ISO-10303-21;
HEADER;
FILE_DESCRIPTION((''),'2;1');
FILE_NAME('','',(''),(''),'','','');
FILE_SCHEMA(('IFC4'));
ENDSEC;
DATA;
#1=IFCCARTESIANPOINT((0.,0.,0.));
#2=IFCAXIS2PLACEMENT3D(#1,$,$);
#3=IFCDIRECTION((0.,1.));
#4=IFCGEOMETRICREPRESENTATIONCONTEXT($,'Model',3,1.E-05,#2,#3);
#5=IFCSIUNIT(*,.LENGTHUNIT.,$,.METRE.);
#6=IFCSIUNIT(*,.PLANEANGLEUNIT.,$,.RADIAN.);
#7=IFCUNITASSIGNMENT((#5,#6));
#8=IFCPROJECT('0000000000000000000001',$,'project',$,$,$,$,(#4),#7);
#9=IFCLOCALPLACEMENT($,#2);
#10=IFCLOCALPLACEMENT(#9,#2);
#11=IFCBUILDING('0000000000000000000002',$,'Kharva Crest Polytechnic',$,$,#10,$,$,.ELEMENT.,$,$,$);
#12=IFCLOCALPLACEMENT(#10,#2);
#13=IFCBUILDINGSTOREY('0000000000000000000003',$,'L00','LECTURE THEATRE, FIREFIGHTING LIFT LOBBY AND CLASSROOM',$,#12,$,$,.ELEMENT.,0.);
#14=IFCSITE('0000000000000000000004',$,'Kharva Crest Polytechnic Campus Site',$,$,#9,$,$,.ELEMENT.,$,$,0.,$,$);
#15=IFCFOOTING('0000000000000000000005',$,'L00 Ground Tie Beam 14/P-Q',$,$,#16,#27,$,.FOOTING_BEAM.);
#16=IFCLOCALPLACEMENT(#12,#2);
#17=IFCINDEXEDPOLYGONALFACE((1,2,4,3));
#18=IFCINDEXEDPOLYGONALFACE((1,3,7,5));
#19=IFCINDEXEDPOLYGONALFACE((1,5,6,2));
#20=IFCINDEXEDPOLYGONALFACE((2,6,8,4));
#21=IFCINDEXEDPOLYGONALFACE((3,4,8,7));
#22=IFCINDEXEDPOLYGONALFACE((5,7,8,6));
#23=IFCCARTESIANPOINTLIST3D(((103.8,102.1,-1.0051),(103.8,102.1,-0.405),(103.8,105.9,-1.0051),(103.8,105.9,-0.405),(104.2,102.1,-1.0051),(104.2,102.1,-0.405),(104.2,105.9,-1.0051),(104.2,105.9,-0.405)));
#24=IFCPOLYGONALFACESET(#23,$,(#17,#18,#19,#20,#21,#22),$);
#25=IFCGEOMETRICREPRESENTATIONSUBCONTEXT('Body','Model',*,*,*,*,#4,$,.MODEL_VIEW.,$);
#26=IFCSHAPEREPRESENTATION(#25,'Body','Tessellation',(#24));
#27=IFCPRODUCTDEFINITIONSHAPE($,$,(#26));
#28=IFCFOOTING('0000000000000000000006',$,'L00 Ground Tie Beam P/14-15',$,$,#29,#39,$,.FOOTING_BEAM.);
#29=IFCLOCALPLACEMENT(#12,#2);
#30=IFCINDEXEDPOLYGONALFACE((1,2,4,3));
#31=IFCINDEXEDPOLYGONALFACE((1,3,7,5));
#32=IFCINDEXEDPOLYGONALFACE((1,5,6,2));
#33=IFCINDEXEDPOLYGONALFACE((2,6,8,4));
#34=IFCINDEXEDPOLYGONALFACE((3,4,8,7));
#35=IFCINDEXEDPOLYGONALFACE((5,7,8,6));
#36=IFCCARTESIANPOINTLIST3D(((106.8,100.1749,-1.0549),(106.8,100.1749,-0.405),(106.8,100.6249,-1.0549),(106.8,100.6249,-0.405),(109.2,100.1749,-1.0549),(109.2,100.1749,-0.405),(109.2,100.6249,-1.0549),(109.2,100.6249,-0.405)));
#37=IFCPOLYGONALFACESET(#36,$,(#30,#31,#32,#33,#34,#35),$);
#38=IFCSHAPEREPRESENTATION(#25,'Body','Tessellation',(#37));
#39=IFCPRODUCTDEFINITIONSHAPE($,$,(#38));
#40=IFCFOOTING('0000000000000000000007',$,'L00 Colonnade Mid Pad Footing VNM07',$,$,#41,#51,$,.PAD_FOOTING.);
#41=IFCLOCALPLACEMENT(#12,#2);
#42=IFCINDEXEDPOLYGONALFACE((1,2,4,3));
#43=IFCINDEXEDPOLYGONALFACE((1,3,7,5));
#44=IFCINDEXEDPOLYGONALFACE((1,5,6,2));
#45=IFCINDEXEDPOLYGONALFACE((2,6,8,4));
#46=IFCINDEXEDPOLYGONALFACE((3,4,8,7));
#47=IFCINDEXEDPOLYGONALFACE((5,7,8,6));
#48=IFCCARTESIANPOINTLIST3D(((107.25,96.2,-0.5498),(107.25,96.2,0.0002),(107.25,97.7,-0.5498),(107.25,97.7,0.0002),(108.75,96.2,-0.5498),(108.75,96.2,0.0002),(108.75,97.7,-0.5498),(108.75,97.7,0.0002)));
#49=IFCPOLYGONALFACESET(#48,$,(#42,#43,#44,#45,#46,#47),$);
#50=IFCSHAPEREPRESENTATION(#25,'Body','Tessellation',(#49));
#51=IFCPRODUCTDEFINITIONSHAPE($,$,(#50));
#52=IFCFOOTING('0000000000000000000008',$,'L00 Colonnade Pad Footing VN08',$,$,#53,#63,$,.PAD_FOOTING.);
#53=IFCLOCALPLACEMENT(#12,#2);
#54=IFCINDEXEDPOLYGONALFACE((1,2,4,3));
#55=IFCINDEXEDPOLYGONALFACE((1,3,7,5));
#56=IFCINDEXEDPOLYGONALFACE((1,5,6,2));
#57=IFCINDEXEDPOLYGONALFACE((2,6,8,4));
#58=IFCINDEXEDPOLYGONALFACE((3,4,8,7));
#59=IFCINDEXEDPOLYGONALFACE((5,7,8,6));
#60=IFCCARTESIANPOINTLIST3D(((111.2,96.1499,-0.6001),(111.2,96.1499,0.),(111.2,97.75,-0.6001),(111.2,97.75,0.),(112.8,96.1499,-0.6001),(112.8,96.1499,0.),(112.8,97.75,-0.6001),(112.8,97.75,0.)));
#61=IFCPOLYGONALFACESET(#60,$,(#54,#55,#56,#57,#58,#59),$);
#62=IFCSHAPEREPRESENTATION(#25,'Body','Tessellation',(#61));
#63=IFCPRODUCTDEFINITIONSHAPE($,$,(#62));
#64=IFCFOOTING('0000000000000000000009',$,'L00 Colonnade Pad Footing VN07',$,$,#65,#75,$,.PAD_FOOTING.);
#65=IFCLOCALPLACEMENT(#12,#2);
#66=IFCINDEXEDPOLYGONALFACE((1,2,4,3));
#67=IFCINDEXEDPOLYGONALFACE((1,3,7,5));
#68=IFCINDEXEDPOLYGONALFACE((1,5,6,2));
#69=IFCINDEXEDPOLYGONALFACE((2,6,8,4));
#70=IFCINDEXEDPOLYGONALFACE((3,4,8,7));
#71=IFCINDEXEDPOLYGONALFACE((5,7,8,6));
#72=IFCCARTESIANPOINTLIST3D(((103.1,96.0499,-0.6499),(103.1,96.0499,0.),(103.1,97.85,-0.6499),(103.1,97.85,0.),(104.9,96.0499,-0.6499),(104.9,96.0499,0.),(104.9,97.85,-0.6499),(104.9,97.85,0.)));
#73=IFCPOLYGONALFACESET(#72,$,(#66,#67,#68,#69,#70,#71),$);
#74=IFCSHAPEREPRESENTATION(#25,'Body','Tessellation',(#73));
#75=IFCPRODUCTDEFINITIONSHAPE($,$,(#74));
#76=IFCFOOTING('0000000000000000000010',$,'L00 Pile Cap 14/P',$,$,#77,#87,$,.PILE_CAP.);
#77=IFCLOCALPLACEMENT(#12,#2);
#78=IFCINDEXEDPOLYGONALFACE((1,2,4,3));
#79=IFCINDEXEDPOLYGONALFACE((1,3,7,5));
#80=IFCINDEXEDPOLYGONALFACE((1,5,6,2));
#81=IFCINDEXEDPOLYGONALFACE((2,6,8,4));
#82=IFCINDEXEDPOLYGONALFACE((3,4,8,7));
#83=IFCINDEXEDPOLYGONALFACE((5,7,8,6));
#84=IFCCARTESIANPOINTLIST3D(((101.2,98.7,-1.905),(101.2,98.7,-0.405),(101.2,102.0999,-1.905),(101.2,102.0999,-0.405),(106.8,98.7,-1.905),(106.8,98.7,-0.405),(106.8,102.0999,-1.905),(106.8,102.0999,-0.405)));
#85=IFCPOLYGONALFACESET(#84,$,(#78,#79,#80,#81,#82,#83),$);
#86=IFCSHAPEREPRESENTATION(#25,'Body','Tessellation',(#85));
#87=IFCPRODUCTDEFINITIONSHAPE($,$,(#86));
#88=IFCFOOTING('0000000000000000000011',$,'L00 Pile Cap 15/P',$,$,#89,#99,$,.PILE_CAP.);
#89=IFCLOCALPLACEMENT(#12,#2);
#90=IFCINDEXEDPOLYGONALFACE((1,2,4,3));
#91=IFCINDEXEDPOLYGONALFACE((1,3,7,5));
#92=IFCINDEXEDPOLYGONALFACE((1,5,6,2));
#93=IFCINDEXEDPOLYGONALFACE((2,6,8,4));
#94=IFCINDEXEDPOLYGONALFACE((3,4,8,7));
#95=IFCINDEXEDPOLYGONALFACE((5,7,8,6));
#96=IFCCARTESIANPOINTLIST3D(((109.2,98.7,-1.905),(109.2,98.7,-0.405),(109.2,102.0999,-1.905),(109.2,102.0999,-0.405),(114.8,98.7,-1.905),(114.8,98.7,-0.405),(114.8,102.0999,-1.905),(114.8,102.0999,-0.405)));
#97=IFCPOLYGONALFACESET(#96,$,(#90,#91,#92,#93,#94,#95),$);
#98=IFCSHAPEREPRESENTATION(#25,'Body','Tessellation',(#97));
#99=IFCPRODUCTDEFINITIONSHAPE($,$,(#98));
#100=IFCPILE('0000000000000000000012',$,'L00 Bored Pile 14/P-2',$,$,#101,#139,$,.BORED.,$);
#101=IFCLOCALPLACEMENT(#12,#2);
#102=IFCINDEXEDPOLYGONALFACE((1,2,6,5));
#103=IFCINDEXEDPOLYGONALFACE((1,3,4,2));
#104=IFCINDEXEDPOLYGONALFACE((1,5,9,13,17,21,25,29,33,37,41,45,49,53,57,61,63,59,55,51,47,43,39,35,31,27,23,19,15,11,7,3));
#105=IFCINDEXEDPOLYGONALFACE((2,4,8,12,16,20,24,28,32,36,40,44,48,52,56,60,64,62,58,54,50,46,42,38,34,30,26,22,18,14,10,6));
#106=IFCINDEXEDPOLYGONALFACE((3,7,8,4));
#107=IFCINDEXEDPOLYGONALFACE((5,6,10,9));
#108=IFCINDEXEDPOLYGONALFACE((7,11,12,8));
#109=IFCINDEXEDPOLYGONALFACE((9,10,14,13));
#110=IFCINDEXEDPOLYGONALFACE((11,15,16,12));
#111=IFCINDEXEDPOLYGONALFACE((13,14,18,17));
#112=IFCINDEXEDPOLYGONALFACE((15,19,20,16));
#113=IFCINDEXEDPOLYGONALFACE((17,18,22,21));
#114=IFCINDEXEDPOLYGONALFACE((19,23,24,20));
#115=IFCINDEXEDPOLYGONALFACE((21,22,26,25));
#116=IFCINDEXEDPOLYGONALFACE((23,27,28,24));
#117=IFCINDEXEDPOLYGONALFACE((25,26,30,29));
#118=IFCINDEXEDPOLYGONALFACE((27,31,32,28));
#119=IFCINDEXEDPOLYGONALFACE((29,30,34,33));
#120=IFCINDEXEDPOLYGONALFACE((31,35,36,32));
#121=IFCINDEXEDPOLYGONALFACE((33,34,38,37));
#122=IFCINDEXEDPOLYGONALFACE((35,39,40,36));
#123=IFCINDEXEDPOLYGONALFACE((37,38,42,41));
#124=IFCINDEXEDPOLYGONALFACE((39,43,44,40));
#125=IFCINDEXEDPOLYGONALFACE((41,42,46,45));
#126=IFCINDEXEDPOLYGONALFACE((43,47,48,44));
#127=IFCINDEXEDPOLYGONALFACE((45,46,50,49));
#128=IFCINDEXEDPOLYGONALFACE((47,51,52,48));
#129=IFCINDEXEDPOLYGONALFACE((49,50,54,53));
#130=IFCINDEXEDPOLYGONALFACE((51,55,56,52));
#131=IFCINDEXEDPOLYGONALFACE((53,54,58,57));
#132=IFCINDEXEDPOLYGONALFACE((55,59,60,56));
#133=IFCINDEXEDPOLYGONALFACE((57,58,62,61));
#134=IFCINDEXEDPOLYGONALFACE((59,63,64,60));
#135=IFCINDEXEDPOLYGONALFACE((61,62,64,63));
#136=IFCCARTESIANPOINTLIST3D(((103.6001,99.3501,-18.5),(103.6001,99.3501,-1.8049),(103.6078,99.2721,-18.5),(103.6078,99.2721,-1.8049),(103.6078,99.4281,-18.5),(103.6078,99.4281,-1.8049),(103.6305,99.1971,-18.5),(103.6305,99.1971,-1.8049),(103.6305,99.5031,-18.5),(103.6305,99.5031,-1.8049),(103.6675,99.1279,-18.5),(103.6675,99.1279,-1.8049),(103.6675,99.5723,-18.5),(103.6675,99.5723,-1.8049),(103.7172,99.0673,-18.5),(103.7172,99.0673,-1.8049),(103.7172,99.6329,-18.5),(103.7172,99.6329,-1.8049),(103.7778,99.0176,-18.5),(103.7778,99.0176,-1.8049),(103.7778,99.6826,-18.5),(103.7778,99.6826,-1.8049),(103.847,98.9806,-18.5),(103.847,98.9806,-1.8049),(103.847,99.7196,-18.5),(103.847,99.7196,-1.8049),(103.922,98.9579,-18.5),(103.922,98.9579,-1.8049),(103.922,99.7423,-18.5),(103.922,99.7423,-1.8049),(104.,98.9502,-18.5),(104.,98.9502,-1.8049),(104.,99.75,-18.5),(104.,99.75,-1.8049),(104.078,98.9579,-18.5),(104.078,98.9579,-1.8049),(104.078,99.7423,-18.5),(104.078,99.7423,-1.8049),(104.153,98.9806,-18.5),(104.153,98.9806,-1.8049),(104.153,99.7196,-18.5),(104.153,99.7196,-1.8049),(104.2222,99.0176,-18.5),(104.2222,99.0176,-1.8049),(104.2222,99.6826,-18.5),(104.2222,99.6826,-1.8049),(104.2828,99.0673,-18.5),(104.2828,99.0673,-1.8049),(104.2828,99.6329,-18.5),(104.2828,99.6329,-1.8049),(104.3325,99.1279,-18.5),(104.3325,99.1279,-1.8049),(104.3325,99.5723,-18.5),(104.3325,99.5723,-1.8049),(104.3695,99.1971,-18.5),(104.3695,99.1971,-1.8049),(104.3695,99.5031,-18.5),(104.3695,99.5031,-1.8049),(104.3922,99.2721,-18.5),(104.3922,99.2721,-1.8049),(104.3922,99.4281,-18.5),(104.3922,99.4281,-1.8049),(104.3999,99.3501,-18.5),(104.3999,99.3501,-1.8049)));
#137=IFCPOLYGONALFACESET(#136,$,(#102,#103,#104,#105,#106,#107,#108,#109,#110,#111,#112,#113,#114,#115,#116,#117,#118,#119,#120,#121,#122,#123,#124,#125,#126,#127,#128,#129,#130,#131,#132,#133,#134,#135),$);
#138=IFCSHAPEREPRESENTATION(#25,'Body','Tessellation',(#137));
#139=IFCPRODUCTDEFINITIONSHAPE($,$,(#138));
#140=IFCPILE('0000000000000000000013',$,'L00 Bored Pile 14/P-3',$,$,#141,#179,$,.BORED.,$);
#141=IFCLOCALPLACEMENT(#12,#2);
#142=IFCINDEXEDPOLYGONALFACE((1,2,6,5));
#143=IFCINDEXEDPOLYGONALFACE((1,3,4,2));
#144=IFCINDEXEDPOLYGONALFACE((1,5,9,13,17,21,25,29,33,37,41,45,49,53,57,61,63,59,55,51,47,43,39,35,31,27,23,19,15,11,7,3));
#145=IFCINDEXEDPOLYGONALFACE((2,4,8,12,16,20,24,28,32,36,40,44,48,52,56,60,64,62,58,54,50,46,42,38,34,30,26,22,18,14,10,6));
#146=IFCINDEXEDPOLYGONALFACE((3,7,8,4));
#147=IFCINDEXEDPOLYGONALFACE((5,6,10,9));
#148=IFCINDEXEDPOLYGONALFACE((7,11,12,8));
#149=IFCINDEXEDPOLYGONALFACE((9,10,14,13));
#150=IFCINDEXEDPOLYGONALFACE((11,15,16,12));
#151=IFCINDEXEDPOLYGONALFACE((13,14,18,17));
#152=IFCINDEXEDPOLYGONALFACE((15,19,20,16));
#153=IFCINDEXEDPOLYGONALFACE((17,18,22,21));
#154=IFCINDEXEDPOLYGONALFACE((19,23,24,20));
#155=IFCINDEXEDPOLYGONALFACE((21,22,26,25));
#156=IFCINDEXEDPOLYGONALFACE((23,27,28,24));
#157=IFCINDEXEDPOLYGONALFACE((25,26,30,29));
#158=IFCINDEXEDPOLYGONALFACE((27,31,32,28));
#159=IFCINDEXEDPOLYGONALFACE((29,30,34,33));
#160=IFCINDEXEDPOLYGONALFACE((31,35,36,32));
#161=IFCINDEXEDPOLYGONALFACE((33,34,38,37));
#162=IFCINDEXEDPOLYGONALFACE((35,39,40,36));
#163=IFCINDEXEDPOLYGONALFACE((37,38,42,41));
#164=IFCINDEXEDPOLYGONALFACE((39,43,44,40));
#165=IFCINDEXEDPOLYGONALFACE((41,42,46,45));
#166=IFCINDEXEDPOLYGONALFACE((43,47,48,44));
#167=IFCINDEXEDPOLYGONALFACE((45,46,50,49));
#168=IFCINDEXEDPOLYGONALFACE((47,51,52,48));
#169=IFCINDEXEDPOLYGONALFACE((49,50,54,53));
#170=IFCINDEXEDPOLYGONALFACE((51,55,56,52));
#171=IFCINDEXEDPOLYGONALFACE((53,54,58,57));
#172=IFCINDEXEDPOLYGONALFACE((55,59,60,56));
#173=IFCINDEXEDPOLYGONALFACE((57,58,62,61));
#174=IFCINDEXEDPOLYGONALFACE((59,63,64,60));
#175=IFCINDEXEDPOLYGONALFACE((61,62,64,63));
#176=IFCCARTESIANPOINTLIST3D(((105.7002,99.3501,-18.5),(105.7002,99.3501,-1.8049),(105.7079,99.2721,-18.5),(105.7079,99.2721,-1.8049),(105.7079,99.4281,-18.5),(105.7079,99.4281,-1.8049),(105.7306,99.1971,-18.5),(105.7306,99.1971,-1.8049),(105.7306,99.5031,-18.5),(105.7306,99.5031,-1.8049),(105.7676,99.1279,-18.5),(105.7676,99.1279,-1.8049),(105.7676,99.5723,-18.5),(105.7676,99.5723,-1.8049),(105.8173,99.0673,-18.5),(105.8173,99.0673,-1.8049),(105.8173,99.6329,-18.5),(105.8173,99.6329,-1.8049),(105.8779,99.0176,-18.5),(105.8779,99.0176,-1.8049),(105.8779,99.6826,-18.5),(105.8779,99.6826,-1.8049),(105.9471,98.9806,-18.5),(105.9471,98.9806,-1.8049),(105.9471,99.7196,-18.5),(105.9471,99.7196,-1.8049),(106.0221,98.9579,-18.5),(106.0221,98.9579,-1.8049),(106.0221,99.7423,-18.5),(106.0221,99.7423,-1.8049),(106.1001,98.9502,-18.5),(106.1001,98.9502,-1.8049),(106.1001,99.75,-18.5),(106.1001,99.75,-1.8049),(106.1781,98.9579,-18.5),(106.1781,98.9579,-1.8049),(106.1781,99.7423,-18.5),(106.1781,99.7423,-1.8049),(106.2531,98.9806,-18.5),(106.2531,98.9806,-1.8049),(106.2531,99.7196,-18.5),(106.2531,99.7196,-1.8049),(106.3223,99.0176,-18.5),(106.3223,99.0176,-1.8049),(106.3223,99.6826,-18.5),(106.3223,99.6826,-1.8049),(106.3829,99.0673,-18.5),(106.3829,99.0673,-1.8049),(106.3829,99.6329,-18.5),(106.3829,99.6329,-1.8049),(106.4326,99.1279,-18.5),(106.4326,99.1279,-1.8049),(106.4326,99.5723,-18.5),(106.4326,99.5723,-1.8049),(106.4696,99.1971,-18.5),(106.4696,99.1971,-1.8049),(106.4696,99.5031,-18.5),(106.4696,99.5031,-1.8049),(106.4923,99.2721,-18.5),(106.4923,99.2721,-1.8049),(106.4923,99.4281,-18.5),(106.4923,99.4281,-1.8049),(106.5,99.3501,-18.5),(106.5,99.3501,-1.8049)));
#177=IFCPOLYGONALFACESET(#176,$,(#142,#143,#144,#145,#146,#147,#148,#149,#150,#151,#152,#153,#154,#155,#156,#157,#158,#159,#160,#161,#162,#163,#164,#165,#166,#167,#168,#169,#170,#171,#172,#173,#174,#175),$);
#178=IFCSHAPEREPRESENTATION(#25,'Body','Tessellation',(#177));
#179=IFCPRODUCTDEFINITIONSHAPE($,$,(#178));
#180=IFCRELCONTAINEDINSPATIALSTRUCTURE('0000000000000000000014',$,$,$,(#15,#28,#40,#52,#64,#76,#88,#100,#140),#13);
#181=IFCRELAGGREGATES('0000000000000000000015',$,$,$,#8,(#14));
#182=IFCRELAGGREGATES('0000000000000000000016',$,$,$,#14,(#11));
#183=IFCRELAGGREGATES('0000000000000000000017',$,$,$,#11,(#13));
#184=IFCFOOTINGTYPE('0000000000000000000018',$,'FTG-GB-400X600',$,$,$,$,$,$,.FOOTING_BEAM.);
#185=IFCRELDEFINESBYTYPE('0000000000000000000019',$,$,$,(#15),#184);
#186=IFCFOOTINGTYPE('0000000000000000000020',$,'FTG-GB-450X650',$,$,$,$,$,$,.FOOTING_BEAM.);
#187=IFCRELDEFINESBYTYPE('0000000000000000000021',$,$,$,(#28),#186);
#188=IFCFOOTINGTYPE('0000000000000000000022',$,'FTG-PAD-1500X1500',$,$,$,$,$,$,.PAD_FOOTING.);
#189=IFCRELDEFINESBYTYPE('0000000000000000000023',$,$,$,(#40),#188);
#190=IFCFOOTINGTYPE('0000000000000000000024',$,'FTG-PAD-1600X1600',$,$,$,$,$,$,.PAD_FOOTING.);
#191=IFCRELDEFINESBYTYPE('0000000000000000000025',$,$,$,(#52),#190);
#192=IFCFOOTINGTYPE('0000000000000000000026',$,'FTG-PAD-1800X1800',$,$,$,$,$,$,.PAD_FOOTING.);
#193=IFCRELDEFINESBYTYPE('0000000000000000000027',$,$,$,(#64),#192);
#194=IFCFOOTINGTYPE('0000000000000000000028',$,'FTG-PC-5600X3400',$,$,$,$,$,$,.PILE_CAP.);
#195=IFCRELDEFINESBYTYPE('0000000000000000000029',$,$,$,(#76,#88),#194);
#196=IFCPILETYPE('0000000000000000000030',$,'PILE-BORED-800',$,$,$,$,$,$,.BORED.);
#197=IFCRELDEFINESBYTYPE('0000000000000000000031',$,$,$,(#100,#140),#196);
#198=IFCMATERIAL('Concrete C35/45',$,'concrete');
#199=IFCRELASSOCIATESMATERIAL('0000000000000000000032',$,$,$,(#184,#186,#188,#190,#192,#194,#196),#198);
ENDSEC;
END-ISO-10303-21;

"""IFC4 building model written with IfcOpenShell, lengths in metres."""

from ifc_helpers import new_model, si_unit, direction, frame, origin, origin_2d, place, context, subcontext, project, spatial, rectangle, circle, extrude, material, material_profile, profile_set, type_object, element, save


model = new_model("IFC4")

# Units and contexts
model_context = context("Model", 3, precision=1e-05, world=origin(), true_north=direction((0.0, 1.0)))
body_context = subcontext(model_context, "Body", "Model", "MODEL_VIEW")
ifc_project = project(units=[si_unit("LENGTHUNIT", "METRE"), si_unit("PLANEANGLEUNIT", "RADIAN")], contexts=[model_context])

# Site, building, storey
site_placement = place(None, origin())
site = spatial("IfcSite", under=ifc_project, at=site_placement, Name="Kharva Crest Polytechnic Campus Site", CompositionType="ELEMENT", RefElevation=0.0)
building_placement = place(site_placement, origin())
building = spatial("IfcBuilding", under=site, at=building_placement, Name="Kharva Crest Polytechnic", CompositionType="ELEMENT")
storey_placement = place(building_placement, origin())
storey = spatial("IfcBuildingStorey", under=building, at=storey_placement, Name="L00", Description="LECTURE THEATRE, FIREFIGHTING LIFT LOBBY AND CLASSROOM", CompositionType="ELEMENT", Elevation=0.0)

# Footings
ifc_material_1 = material(Name="Concrete C35/45", Category="concrete")
footing_type_1 = type_object("IfcFootingType", Name="FTG-GB-400X600", PredefinedType="FOOTING_BEAM", material=ifc_material_1)
footing_1_placement = place(storey_placement, frame((104.0, 104.0, -1.0051), z_axis=(0.0, 0.0, 1.0), x_axis=(0.0, 1.0, 0.0)))
element("IfcFooting", 1, at=footing_1_placement, inside=storey, type_object=footing_type_1, Name="L00 Ground Tie Beam 14/P-Q", PredefinedType="FOOTING_BEAM", context=body_context, shape_type="SweptSolid", body=[
    extrude(rectangle(XDim=3.8, YDim=0.3999, at=origin_2d()), origin(), (0.0, 0.0, 1.0), 0.6001),
])
footing_type_2 = type_object("IfcFootingType", Name="FTG-GB-450X650", PredefinedType="FOOTING_BEAM", material=ifc_material_1)
footing_2_placement = place(storey_placement, frame((108.0, 100.3999, -1.0549), z_axis=(0.0, 0.0, 1.0), x_axis=(1.0, 0.0, 0.0)))
element("IfcFooting", 2, at=footing_2_placement, inside=storey, type_object=footing_type_2, Name="L00 Ground Tie Beam P/14-15", PredefinedType="FOOTING_BEAM", context=body_context, shape_type="SweptSolid", body=[
    extrude(rectangle(XDim=2.3999, YDim=0.45, at=origin_2d()), origin(), (0.0, 0.0, 1.0), 0.6499),
])
footing_type_3 = type_object("IfcFootingType", Name="FTG-PAD-1500X1500", PredefinedType="PAD_FOOTING", material=ifc_material_1)
footing_3_placement = place(storey_placement, frame((108.0, 96.95, -0.5498), z_axis=(0.0, 0.0, 1.0), x_axis=(1.0, 0.0, 0.0)))
element("IfcFooting", 3, at=footing_3_placement, inside=storey, type_object=footing_type_3, Name="L00 Colonnade Mid Pad Footing VNM07", PredefinedType="PAD_FOOTING", context=body_context, shape_type="SweptSolid", body=[
    extrude(rectangle(XDim=1.5, YDim=1.5, at=origin_2d()), origin(), (0.0, 0.0, 1.0), 0.55),
])
footing_type_4 = type_object("IfcFootingType", Name="FTG-PAD-1600X1600", PredefinedType="PAD_FOOTING", material=ifc_material_1)
footing_4_placement = place(storey_placement, frame((112.0, 96.95, -0.6001), z_axis=(0.0, 0.0, 1.0), x_axis=(1.0, 0.0, 0.0)))
element("IfcFooting", 4, at=footing_4_placement, inside=storey, type_object=footing_type_4, Name="L00 Colonnade Pad Footing VN08", PredefinedType="PAD_FOOTING", context=body_context, shape_type="SweptSolid", body=[
    extrude(rectangle(XDim=1.6001, YDim=1.6001, at=origin_2d()), origin(), (0.0, 0.0, 1.0), 0.6001),
])
footing_type_5 = type_object("IfcFootingType", Name="FTG-PAD-1800X1800", PredefinedType="PAD_FOOTING", material=ifc_material_1)
footing_5_placement = place(storey_placement, frame((104.0, 96.95, -0.6499), z_axis=(0.0, 0.0, 1.0), x_axis=(1.0, 0.0, 0.0)))
element("IfcFooting", 5, at=footing_5_placement, inside=storey, type_object=footing_type_5, Name="L00 Colonnade Pad Footing VN07", PredefinedType="PAD_FOOTING", context=body_context, shape_type="SweptSolid", body=[
    extrude(rectangle(XDim=1.8, YDim=1.8, at=origin_2d()), origin(), (0.0, 0.0, 1.0), 0.6499),
])
footing_type_6 = type_object("IfcFootingType", Name="FTG-PC-5600X3400", PredefinedType="PILE_CAP", material=ifc_material_1)
for number, where, z_axis, x_axis, name in (
    (6, (104.0, 100.3999, -1.905), (0.0, 0.0, 1.0), (1.0, 0.0, 0.0), "L00 Pile Cap 14/P"),
    (7, (112.0, 100.3999, -1.905), (0.0, 0.0, 1.0), (1.0, 0.0, 0.0), "L00 Pile Cap 15/P"),
):
    element("IfcFooting", number, at=place(storey_placement, frame(where, z_axis=z_axis, x_axis=x_axis)), inside=storey, type_object=footing_type_6, Name=name, PredefinedType="PILE_CAP", context=body_context, shape_type="SweptSolid", body=[
        extrude(rectangle(XDim=5.6001, YDim=3.3999, at=origin_2d()), origin(), (0.0, 0.0, 1.0), 1.5),
    ])

# Piles
ifc_material_profile_1 = material_profile(ifc_material_1, circle(Radius=0.3999, at=origin_2d()), Name="DIA 800")
ifc_profile_set_1 = profile_set([ifc_material_profile_1], Name="Concrete C35/45")
pile_type = type_object("IfcPileType", Name="PILE-BORED-800", PredefinedType="BORED", material=ifc_profile_set_1)
for number, where, z_axis, x_axis, name in (
    (8, (104.0, 99.3501, -1.8049), (0.0, 0.0, -1.0), (1.0, 0.0, 0.0), "L00 Bored Pile 14/P-2"),
    (9, (106.1001, 99.3501, -1.8049), (0.0, 0.0, -1.0), (1.0, 0.0, 0.0), "L00 Bored Pile 14/P-3"),
):
    element("IfcPile", number, at=place(storey_placement, frame(where, z_axis=z_axis, x_axis=x_axis)), inside=storey, type_object=pile_type, Name=name, PredefinedType="BORED", context=body_context, shape_type="SweptSolid", body=[
        extrude(circle(Radius=0.3999, at=origin_2d()), origin(), (0.0, 0.0, 1.0), 16.6951),
    ])

save(model, "model.ifc")
